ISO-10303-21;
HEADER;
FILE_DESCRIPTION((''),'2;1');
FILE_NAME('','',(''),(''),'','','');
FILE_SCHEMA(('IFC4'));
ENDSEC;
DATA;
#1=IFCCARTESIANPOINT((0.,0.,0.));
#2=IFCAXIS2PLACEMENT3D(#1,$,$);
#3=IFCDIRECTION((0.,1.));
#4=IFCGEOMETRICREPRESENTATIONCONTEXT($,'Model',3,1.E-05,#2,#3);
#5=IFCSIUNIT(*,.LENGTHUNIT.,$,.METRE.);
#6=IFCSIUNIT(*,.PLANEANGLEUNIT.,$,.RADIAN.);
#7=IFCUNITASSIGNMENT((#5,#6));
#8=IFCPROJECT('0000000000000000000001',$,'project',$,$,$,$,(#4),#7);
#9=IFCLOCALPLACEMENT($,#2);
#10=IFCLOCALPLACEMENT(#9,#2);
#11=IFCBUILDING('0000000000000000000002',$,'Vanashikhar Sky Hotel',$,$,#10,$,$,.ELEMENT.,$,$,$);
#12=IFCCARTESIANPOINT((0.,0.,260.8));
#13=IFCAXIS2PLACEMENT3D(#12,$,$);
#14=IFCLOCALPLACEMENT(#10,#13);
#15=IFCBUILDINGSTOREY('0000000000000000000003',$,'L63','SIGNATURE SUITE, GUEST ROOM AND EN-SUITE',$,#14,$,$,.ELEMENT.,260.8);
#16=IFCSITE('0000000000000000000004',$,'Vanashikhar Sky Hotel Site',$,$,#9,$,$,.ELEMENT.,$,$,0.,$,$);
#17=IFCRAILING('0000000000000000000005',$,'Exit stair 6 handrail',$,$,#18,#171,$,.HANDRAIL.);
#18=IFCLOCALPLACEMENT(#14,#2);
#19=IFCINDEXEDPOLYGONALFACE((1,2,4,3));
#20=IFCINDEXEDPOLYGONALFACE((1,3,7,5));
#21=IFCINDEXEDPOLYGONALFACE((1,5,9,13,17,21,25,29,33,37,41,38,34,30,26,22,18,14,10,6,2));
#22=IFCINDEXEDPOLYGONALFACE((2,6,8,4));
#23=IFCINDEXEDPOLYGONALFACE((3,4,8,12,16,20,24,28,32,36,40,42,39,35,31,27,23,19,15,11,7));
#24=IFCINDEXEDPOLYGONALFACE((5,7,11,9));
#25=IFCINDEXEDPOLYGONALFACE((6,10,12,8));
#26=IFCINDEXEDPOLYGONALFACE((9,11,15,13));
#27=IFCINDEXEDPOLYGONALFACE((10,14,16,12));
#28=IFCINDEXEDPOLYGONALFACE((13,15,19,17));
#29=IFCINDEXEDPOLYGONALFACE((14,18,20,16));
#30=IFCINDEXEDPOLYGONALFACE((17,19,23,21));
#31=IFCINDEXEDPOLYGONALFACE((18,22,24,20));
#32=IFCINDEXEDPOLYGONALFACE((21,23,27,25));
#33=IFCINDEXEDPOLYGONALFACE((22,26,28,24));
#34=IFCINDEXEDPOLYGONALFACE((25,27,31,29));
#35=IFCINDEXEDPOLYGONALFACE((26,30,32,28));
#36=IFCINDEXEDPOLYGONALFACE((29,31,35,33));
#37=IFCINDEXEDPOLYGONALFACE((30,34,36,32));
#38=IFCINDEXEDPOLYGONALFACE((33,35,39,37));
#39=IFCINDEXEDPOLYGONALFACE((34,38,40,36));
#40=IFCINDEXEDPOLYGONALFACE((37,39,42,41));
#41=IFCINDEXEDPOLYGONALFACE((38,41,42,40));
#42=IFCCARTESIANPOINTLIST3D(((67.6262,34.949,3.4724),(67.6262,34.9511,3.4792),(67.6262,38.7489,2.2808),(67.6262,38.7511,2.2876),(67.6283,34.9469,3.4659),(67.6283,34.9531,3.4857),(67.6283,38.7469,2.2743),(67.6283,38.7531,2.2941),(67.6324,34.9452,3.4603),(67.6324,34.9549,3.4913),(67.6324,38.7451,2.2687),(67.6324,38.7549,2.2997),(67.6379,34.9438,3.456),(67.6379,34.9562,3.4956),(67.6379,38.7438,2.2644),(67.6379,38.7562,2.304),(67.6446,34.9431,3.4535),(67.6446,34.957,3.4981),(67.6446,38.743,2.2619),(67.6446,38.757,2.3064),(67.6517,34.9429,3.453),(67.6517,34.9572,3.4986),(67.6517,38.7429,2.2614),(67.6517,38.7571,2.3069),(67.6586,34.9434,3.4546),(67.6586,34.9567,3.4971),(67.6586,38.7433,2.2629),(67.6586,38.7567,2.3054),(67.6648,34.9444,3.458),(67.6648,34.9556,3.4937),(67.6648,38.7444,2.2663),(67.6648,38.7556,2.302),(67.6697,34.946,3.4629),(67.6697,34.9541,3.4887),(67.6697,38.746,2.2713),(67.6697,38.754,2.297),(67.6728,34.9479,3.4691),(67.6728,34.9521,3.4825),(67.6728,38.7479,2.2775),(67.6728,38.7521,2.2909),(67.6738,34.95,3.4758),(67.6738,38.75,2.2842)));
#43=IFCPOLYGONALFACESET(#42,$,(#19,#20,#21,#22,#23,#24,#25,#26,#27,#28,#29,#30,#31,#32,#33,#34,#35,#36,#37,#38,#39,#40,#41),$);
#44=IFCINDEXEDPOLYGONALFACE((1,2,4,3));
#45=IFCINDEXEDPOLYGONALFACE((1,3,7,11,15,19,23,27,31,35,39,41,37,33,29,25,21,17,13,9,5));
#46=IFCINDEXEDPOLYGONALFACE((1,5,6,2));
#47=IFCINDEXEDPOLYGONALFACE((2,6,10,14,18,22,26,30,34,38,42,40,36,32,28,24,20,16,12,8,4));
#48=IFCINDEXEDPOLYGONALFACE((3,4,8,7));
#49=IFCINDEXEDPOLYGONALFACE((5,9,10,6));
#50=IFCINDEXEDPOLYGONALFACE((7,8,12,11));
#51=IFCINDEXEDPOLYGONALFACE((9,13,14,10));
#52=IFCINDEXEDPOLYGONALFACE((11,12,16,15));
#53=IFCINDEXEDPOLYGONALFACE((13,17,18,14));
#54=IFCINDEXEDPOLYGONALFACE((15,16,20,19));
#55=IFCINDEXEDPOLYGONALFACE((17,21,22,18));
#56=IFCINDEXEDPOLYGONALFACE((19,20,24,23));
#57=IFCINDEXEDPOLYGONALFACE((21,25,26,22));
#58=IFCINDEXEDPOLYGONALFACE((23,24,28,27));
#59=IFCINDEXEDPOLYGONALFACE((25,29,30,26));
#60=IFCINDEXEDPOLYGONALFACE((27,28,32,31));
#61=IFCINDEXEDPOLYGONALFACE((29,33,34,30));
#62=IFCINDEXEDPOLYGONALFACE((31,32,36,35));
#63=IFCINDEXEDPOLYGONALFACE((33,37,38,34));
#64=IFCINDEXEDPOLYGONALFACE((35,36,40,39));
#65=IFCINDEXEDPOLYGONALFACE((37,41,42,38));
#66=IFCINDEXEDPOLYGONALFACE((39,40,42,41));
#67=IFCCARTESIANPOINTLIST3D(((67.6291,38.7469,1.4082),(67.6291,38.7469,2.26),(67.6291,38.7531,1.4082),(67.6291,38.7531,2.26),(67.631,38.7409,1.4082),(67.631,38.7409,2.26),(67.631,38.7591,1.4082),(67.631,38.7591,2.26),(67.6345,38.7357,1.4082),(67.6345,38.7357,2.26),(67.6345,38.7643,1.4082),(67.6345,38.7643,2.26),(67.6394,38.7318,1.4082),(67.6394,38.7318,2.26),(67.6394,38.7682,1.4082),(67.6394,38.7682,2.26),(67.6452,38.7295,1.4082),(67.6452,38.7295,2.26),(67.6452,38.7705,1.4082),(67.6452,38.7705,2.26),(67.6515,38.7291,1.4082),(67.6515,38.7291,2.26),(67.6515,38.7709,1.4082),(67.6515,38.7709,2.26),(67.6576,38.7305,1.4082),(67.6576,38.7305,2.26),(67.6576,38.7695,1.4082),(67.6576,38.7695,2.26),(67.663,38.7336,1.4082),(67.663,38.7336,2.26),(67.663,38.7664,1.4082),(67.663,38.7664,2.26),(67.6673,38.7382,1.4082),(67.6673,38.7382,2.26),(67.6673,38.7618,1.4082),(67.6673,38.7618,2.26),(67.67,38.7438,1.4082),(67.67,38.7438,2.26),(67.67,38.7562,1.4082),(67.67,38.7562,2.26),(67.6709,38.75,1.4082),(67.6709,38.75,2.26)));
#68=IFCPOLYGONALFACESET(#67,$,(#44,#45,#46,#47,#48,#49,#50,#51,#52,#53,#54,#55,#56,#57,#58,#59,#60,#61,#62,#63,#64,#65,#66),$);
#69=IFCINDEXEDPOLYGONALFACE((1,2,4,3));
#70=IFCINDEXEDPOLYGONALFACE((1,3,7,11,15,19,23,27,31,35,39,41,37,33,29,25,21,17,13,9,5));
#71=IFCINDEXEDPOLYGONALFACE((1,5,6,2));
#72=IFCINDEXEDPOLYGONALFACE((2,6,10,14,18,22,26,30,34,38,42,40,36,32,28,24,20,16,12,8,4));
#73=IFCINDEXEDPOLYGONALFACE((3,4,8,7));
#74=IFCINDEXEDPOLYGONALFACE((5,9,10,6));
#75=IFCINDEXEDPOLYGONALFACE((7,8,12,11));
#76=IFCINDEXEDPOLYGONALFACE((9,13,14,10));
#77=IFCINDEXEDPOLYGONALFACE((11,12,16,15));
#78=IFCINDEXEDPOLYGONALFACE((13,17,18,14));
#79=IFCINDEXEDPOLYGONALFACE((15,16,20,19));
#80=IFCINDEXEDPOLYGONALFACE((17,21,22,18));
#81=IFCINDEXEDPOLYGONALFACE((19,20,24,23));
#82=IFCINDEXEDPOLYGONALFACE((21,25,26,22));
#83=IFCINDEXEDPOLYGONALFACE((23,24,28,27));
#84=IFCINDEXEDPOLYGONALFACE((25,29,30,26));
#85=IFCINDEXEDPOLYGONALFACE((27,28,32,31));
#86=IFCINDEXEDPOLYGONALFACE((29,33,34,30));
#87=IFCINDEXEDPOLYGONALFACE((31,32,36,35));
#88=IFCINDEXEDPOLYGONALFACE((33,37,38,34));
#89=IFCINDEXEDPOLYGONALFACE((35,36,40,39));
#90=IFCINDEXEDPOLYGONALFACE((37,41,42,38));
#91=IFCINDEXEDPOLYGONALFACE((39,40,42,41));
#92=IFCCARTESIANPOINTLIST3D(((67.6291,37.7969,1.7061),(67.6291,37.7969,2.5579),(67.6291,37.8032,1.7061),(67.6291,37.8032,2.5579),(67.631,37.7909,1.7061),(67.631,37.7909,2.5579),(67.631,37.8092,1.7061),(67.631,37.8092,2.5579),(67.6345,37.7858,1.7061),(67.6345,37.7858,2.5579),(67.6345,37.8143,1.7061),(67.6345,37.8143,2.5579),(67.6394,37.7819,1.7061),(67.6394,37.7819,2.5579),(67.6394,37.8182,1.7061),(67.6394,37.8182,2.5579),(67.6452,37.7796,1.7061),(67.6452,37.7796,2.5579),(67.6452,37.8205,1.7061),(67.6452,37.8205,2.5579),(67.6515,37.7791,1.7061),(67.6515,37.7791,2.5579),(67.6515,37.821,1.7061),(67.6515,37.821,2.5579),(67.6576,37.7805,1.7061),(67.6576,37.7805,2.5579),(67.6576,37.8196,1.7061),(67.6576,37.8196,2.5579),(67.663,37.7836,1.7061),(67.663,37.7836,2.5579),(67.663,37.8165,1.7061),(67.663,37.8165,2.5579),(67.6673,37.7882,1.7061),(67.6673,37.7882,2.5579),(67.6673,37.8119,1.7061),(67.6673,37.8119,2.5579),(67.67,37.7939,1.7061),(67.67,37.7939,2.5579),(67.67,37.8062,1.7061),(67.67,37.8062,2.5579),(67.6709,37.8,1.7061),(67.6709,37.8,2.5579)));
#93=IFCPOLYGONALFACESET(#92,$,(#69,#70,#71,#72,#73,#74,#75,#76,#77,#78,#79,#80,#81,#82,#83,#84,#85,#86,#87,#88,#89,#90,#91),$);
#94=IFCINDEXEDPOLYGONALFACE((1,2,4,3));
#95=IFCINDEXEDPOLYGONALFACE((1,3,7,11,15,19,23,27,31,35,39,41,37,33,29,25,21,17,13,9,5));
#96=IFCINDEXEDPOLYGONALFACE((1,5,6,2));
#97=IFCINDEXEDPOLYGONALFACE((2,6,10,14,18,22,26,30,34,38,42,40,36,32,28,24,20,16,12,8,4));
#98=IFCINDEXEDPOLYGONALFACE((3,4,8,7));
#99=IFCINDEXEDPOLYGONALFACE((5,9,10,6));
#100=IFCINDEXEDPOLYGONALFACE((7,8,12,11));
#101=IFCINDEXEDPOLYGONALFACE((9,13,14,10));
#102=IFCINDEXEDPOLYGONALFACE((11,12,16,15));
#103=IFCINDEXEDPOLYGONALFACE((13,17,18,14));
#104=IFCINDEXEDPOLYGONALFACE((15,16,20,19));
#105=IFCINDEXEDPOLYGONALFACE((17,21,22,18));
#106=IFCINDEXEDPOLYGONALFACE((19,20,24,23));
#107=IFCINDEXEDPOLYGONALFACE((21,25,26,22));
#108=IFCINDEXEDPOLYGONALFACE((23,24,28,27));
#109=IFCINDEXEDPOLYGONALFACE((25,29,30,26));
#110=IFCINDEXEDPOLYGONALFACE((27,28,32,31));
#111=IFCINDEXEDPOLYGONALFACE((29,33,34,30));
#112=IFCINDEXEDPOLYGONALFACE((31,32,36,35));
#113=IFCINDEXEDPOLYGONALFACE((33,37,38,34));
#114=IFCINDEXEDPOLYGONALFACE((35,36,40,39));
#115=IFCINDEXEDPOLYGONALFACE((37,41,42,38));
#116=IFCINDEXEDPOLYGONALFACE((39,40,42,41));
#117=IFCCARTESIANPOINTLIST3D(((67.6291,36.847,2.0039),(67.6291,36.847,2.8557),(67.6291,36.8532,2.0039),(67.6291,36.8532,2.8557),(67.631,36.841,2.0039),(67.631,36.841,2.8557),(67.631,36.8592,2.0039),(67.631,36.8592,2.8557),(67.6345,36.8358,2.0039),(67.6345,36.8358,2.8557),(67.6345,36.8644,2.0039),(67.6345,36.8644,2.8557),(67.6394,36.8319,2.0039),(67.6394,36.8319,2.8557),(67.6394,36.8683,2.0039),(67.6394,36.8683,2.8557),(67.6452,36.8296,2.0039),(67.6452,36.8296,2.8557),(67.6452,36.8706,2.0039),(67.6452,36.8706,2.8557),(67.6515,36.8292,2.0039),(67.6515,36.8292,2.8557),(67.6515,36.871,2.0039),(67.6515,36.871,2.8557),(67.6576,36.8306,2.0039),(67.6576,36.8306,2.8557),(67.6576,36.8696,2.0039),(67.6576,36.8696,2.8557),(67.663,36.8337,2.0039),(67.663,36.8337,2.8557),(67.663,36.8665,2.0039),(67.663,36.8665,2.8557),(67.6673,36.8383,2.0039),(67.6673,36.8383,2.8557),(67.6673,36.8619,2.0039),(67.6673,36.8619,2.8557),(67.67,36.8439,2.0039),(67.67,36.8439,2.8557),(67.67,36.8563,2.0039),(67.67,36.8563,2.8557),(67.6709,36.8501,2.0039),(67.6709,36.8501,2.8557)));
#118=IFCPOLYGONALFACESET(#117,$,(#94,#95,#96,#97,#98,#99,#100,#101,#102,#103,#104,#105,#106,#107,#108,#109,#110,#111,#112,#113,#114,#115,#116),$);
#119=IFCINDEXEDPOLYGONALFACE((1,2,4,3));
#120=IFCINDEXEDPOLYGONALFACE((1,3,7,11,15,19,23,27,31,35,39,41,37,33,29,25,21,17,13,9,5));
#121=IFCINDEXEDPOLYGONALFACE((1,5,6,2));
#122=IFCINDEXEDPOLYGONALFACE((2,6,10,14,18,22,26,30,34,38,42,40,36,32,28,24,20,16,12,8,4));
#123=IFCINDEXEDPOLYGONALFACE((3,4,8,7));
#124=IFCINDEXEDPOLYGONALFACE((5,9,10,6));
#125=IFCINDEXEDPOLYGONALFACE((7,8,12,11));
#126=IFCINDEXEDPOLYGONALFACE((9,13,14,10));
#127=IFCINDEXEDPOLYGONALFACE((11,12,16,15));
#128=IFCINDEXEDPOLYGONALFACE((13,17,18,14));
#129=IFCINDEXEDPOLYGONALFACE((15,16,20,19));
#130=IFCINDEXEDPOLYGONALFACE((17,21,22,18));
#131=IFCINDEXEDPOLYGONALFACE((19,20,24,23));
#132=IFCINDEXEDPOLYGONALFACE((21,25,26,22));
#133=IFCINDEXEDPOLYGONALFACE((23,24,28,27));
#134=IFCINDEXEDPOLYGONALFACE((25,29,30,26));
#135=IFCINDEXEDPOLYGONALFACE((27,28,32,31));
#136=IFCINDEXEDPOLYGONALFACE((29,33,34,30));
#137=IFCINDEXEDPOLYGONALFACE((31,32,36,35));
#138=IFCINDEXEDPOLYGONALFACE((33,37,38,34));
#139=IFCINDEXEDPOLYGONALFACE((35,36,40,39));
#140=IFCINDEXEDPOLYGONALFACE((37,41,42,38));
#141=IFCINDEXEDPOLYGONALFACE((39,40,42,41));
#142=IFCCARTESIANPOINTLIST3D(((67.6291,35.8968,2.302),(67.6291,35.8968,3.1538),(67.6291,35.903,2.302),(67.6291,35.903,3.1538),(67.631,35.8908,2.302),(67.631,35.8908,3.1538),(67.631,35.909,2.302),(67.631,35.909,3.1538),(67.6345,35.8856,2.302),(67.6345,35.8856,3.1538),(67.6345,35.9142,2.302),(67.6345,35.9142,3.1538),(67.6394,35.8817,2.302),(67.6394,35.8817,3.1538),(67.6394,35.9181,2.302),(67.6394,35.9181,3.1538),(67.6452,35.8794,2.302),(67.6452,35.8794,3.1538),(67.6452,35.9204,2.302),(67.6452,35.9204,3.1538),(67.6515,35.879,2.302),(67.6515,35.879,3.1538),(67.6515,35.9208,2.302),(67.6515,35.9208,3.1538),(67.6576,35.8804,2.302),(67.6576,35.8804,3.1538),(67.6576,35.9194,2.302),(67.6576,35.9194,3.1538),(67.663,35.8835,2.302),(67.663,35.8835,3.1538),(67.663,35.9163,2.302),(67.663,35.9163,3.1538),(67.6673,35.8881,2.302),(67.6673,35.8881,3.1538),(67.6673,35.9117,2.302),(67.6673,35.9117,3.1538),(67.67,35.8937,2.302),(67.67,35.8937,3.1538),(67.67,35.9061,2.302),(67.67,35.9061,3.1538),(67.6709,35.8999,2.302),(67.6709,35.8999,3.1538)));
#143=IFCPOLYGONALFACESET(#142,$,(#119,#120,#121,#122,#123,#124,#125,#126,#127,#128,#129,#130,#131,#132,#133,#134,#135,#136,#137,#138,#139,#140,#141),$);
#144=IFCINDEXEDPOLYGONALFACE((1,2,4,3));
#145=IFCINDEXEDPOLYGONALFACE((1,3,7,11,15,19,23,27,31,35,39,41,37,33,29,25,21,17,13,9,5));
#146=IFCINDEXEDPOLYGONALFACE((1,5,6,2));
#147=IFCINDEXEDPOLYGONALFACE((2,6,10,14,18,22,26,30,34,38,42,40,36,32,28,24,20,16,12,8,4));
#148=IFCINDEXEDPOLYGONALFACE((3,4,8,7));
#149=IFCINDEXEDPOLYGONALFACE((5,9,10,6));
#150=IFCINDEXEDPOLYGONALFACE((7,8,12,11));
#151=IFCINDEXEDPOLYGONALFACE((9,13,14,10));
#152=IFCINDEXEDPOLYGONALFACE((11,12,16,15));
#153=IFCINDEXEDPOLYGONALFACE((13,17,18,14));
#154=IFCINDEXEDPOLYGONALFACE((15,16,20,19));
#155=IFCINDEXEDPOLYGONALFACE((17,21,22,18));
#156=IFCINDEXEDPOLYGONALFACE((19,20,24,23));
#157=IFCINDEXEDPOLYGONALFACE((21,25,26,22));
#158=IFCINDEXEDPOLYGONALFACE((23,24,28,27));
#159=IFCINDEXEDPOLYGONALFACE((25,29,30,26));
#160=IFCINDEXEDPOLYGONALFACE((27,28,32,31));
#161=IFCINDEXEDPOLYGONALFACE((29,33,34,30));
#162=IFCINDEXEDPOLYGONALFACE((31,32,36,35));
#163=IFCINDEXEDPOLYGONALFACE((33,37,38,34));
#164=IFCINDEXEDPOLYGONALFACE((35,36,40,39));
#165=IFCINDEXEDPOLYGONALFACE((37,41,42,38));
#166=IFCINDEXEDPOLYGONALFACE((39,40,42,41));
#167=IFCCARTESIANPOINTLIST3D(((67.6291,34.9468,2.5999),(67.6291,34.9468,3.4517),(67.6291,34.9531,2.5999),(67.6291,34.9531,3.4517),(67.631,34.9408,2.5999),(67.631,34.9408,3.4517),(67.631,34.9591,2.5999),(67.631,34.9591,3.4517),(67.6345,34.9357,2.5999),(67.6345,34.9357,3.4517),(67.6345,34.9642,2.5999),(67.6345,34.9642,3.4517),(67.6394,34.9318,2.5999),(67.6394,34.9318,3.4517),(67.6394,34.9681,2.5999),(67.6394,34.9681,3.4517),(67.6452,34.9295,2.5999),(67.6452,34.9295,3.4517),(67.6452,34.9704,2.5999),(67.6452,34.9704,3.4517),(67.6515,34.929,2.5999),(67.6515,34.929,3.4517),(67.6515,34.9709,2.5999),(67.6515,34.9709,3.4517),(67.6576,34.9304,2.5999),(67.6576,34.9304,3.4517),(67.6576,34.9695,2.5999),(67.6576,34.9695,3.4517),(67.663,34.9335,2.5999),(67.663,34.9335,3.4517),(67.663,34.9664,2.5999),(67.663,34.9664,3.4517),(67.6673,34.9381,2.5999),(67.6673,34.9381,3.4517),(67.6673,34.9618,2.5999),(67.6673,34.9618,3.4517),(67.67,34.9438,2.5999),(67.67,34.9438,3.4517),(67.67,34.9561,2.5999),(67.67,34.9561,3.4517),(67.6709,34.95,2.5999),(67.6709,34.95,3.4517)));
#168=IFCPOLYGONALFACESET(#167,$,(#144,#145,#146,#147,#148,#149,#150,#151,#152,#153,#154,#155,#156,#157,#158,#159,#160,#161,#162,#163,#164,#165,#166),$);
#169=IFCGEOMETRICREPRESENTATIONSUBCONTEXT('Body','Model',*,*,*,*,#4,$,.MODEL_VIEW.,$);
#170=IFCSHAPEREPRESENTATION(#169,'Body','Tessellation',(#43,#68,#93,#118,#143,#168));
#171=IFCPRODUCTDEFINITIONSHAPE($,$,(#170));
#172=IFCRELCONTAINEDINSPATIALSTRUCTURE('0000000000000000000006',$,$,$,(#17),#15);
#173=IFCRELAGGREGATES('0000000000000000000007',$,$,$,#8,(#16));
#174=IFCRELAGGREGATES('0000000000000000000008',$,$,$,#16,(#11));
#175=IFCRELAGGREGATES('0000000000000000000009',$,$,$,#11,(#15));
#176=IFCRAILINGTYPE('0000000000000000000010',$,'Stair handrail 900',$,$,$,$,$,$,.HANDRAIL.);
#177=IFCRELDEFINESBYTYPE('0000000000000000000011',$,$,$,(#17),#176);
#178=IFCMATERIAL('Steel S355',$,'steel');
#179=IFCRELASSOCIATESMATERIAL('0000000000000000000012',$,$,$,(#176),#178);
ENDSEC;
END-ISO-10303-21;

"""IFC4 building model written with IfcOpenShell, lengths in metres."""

from ifc_helpers import new_model, si_unit, direction, frame, origin, origin_2d, place, context, subcontext, project, spatial, circle, extrude, source, transform, mapped, material, type_object, element, save


model = new_model("IFC4")

# Units and contexts
model_context = context("Model", 3, precision=1e-05, world=origin(), true_north=direction((0.0, 1.0)))
body_context = subcontext(model_context, "Body", "Model", "MODEL_VIEW")
ifc_project = project(units=[si_unit("LENGTHUNIT", "METRE"), si_unit("PLANEANGLEUNIT", "RADIAN")], contexts=[model_context])

# Site, building, storey
site_placement = place(None, origin())
site = spatial("IfcSite", under=ifc_project, at=site_placement, Name="Vanashikhar Sky Hotel Site", CompositionType="ELEMENT", RefElevation=0.0)
building_placement = place(site_placement, origin())
building = spatial("IfcBuilding", under=site, at=building_placement, Name="Vanashikhar Sky Hotel", CompositionType="ELEMENT")
storey_placement = place(building_placement, frame((0.0, 0.0, 260.8)))
storey = spatial("IfcBuildingStorey", under=building, at=storey_placement, Name="L63", Description="SIGNATURE SUITE, GUEST ROOM AND EN-SUITE", CompositionType="ELEMENT", Elevation=260.8)

# Railing
ifc_material_1 = material(Name="Steel S355", Category="steel")
railing_type_1 = type_object("IfcRailingType", Name="Stair handrail 900", PredefinedType="HANDRAIL", material=ifc_material_1)
shared_shape_1 = source(origin(), body_context, "Body", "SweptSolid", [
    extrude(circle(Radius=0.0239, at=origin_2d()), frame((0.0, 0.0, 0.876), z_axis=(0.0, -0.954184, 0.299221), x_axis=(1.0, 0.0, 0.0)), (0.0, 0.0, 1.0), 3.9824),
    extrude(circle(Radius=0.021, at=origin_2d()), origin(), (0.0, 0.0, 1.0), 0.8518),
    extrude(circle(Radius=0.021, at=origin_2d()), frame((0.0, -0.95, 0.2979)), (0.0, 0.0, 1.0), 0.8518),
    extrude(circle(Radius=0.021, at=origin_2d()), frame((0.0, -1.8999, 0.5957)), (0.0, 0.0, 1.0), 0.8518),
    extrude(circle(Radius=0.021, at=origin_2d()), frame((0.0, -2.8501, 0.8938)), (0.0, 0.0, 1.0), 0.8518),
    extrude(circle(Radius=0.021, at=origin_2d()), frame((0.0, -3.8, 1.1917)), (0.0, 0.0, 1.0), 0.8518),
])
for number, where, name in (
    (1, (67.6499, 38.75, 1.4082), "Exit stair 6 handrail"),
):
    element("IfcRailing", number, at=place(storey_placement, frame(where)), inside=storey, type_object=railing_type_1, Name=name, PredefinedType="HANDRAIL", context=body_context, shape_type="MappedRepresentation", body=[
        mapped(shared_shape_1, transform((0.0, 0.0, 0.0), scale=1.0)),
    ])

save(model, "model.ifc")
